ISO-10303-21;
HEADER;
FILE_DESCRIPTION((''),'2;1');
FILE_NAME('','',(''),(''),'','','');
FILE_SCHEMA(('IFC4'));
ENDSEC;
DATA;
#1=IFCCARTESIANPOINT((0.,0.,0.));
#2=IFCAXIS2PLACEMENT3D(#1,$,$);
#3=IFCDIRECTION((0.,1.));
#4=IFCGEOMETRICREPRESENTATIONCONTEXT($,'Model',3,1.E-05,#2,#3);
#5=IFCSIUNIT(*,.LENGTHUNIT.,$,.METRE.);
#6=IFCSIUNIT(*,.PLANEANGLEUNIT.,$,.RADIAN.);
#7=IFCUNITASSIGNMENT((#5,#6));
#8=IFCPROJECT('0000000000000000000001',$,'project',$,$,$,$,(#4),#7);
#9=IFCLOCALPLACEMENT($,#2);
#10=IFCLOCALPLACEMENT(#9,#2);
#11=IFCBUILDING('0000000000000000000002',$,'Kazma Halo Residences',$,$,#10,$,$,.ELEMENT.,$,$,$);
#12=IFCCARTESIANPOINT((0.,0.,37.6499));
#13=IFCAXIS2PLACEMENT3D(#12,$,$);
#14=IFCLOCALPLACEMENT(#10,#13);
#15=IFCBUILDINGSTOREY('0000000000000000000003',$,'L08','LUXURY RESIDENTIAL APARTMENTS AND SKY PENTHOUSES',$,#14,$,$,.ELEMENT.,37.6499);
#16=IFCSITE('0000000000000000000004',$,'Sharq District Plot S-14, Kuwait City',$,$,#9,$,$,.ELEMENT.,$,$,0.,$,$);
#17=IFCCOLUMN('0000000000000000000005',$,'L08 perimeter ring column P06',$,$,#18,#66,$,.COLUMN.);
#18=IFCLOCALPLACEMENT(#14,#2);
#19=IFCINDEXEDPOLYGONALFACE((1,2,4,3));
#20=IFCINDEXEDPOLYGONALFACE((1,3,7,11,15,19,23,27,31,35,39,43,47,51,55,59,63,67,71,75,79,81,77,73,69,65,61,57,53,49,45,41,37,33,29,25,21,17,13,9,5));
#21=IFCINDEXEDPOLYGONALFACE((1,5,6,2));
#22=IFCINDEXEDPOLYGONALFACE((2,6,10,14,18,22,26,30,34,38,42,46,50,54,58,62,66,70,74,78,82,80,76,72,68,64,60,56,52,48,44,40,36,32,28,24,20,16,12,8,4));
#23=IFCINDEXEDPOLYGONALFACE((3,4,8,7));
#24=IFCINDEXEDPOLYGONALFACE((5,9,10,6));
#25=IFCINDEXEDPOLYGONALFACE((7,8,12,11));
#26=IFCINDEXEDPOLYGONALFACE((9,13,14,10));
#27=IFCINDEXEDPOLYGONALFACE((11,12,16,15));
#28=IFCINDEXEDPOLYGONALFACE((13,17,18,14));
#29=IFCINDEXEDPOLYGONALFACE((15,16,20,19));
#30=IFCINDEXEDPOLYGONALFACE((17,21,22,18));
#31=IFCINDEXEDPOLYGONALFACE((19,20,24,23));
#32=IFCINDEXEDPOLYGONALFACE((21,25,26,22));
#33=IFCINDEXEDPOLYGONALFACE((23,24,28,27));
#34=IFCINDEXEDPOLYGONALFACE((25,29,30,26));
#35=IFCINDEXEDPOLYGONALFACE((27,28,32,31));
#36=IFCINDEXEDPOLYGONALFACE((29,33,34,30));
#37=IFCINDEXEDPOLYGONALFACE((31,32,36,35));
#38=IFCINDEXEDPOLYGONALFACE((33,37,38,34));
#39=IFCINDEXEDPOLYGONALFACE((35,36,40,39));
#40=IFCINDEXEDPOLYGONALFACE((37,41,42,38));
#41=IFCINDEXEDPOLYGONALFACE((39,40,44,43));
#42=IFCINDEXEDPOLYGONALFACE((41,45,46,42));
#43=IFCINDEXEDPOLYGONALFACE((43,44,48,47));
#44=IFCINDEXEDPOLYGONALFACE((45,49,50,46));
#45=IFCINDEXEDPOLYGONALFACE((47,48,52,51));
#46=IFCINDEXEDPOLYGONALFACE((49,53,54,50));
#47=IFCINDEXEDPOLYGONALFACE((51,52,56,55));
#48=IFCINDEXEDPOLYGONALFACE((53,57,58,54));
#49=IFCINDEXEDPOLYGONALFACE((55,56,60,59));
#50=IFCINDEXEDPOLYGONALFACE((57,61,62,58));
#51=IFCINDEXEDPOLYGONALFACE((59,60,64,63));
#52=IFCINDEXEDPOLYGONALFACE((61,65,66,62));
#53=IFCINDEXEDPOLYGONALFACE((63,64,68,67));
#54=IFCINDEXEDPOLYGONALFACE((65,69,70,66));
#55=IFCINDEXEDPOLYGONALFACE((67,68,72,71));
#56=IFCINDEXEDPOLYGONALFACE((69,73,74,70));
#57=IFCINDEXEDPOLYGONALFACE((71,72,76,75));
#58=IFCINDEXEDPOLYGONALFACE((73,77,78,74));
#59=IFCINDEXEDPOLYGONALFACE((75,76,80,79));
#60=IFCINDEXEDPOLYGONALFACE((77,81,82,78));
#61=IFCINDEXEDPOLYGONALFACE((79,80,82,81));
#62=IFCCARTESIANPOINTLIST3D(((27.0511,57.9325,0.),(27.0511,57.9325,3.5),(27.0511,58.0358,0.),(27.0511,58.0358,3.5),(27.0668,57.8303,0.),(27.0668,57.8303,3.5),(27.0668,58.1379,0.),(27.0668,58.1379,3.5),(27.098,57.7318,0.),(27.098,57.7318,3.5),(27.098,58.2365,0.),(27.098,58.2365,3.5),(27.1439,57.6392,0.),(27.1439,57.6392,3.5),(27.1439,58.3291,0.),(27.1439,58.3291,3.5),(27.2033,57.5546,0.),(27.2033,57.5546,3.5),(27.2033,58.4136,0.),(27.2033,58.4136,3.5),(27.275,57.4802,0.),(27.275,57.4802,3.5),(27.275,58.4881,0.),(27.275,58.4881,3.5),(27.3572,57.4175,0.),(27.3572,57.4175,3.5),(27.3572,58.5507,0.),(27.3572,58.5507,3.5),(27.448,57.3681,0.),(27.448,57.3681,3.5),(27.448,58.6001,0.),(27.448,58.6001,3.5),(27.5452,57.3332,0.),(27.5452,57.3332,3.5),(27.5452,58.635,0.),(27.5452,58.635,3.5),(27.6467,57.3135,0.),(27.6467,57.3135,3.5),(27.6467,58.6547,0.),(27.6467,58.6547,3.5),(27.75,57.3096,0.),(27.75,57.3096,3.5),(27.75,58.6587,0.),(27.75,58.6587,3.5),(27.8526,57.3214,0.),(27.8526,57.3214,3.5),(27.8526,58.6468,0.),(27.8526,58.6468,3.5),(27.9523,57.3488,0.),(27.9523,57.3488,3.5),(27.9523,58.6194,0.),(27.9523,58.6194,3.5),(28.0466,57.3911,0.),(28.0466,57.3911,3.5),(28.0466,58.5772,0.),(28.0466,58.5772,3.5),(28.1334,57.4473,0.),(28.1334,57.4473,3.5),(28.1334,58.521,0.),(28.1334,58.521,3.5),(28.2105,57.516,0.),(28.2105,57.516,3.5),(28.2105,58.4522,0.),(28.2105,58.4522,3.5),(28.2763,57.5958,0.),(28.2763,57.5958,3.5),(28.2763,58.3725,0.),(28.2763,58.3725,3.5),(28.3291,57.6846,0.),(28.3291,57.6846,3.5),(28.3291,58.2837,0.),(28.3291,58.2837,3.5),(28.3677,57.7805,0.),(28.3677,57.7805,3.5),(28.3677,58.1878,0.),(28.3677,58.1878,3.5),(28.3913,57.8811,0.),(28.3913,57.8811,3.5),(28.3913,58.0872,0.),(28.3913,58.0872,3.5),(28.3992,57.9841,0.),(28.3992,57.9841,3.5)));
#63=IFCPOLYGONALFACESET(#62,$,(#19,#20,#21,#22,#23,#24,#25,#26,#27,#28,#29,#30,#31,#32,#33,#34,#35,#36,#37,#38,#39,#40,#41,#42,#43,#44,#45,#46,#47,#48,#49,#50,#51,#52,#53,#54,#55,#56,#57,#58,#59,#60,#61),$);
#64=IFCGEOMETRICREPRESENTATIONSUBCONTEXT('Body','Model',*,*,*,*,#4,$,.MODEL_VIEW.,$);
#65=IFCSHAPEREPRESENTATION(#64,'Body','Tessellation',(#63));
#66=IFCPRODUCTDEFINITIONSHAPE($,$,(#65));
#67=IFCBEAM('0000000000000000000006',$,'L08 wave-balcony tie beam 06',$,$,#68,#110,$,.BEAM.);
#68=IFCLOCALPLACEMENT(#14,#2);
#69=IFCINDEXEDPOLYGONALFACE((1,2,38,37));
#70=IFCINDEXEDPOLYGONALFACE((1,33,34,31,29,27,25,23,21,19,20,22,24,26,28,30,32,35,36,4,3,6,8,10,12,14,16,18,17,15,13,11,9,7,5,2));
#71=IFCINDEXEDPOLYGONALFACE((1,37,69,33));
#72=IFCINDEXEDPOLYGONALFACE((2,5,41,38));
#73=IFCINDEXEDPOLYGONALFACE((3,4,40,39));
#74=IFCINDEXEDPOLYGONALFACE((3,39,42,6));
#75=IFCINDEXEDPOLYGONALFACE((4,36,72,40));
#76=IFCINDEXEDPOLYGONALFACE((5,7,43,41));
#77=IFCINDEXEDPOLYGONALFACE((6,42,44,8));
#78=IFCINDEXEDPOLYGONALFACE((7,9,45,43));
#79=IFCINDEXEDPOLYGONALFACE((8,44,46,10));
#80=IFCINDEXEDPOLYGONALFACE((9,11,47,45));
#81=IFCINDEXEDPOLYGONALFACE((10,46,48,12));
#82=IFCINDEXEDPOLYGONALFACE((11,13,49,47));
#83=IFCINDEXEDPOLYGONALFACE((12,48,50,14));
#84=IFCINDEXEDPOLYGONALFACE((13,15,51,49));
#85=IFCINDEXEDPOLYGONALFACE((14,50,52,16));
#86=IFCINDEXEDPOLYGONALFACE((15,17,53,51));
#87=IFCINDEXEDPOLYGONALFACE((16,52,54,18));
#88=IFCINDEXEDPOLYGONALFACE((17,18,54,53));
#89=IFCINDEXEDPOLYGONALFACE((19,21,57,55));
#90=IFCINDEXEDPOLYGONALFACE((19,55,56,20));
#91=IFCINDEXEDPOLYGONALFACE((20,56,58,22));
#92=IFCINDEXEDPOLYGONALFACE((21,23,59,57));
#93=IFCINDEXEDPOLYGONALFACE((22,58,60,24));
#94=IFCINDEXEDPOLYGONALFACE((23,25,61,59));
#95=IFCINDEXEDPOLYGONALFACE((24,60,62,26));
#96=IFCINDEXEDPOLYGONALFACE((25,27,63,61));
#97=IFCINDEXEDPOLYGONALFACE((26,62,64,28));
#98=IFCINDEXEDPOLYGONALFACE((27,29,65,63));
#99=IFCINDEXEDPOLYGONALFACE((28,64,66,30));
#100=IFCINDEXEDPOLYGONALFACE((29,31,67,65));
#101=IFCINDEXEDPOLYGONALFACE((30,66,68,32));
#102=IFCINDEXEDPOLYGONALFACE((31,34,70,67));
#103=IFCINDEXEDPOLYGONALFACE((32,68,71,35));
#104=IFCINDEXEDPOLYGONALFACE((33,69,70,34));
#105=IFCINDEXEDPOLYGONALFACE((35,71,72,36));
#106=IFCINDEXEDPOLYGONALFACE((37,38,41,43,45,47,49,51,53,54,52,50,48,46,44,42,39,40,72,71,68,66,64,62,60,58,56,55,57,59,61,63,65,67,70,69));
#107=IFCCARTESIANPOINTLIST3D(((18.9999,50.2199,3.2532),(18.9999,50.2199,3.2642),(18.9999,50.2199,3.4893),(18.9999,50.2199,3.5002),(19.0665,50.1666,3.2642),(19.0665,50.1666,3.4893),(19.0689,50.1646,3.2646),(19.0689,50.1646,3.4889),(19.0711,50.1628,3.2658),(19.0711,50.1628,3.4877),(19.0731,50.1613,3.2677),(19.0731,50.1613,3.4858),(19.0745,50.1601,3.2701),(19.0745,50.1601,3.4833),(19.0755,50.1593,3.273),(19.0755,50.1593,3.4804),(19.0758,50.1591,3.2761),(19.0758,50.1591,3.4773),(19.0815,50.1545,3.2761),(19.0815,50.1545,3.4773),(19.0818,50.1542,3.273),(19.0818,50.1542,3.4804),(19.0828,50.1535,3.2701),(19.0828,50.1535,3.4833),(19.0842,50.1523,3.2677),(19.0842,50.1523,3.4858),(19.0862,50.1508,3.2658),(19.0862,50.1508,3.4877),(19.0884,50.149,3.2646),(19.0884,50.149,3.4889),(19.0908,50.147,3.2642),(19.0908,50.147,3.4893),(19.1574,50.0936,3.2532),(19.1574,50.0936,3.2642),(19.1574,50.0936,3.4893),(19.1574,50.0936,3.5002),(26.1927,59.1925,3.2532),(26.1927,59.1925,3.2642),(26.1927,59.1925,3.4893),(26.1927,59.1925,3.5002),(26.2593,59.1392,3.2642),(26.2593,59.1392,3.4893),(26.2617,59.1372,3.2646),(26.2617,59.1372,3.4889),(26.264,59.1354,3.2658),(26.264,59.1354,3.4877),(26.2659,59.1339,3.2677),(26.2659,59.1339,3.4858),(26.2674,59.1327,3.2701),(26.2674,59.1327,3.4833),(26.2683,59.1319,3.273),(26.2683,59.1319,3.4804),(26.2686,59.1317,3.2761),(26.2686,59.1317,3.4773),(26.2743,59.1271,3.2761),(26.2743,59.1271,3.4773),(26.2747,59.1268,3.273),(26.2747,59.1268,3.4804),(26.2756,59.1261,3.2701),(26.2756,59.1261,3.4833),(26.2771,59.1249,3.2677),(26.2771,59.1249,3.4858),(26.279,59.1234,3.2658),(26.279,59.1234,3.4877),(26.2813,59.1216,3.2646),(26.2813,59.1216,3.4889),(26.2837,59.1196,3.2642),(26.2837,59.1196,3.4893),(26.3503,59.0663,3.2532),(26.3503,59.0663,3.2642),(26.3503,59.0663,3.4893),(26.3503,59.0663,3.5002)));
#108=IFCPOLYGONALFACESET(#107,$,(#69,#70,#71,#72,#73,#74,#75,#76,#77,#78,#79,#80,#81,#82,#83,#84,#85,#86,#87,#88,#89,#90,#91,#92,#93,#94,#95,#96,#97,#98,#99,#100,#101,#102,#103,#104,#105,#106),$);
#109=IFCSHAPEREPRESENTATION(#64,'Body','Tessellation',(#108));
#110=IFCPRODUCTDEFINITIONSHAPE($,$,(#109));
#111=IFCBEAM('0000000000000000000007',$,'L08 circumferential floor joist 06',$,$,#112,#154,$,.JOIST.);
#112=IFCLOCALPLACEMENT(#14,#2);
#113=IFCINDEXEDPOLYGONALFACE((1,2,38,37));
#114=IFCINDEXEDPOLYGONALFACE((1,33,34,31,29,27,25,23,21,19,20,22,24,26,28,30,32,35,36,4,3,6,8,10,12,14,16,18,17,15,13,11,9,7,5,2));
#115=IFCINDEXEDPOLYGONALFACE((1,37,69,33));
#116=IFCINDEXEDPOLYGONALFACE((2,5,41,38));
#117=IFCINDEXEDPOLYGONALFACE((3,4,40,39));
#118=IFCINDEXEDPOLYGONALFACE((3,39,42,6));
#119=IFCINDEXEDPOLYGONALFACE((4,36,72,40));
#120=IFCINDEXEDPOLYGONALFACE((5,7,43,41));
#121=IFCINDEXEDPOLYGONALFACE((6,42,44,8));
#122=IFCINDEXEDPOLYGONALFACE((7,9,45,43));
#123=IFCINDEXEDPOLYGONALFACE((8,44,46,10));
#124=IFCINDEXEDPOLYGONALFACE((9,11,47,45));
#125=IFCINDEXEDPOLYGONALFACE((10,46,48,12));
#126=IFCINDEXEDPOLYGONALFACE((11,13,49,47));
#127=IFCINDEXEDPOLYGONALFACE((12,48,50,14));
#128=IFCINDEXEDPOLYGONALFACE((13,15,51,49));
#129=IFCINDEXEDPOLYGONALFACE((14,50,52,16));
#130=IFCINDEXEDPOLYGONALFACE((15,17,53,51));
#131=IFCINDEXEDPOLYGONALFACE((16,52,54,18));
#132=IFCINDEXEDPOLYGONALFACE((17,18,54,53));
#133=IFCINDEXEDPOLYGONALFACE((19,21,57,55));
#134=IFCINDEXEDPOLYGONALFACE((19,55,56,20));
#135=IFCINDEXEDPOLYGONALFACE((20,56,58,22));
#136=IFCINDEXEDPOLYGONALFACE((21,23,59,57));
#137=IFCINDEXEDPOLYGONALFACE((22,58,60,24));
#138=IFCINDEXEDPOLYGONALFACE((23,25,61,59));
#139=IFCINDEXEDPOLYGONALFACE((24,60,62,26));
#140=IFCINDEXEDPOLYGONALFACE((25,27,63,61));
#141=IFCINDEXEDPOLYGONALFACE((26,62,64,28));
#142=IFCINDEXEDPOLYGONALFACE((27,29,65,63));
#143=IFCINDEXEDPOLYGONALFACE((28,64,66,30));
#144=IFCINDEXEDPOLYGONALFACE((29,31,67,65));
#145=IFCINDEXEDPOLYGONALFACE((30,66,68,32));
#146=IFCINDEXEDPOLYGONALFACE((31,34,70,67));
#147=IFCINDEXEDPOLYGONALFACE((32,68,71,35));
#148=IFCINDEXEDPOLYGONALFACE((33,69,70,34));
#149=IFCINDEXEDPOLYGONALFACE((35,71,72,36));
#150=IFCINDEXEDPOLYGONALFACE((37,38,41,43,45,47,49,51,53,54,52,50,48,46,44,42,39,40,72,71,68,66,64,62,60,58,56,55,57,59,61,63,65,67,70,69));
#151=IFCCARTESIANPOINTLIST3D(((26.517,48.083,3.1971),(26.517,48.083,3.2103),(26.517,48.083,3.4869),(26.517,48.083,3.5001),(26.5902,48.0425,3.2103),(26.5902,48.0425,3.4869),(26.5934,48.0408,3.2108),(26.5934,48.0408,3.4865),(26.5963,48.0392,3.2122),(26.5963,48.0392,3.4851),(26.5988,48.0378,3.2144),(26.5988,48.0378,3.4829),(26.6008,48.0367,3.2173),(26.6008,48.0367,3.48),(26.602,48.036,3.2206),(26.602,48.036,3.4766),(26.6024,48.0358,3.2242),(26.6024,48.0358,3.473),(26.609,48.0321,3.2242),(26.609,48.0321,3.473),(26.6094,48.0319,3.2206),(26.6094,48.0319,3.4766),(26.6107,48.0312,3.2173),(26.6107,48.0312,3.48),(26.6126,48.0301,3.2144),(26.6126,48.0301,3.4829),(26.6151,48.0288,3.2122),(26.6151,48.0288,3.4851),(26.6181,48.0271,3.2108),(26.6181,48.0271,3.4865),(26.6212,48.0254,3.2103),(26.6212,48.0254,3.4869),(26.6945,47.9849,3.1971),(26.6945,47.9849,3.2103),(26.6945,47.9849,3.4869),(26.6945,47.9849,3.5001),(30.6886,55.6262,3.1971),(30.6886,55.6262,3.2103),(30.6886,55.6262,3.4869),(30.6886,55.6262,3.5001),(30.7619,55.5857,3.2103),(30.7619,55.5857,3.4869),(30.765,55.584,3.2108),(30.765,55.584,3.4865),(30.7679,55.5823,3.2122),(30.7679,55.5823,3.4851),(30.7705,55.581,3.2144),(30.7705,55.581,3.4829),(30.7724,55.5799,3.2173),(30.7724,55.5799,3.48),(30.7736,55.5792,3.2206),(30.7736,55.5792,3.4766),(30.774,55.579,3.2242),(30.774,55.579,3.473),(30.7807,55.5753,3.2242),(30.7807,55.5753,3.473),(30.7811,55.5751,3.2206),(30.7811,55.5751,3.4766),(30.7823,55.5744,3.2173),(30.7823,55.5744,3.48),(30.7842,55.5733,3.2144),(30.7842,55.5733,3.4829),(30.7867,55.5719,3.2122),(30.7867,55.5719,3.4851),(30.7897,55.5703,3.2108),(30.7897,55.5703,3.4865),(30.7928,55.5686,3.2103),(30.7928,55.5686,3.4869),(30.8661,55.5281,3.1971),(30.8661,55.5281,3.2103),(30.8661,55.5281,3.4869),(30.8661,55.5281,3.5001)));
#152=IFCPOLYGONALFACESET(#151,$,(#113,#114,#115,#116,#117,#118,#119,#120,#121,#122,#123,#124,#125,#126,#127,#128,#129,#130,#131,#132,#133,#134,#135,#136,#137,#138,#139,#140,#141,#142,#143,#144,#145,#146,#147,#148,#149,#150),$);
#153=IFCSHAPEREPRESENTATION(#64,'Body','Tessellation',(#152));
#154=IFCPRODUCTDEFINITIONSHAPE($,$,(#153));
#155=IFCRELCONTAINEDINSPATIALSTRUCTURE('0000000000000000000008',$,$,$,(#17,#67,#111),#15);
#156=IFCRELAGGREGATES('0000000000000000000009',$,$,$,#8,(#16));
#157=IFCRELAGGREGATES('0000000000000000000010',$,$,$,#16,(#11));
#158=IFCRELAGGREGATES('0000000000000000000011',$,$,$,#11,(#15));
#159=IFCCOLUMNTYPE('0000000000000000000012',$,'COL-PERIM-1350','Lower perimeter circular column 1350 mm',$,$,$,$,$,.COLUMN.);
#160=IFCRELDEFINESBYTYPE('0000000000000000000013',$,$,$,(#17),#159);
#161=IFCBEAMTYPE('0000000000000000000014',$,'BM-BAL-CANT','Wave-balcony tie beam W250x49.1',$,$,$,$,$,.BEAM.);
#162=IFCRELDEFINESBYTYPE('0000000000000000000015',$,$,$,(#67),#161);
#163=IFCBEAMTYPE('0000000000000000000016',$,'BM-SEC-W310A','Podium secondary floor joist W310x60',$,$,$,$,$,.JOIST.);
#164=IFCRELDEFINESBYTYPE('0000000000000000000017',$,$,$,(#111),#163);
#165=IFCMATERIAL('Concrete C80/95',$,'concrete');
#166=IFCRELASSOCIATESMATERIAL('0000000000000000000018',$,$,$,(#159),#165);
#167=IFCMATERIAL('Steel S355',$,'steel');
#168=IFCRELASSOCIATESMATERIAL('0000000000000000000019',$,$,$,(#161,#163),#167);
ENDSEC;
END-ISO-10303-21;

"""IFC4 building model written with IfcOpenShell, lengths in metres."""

from ifc_helpers import new_model, si_unit, direction, frame, origin, origin_2d, place, context, subcontext, project, spatial, circle, i_section, extrude, material, material_profile, profile_set, type_object, element, save


model = new_model("IFC4")

# Units and contexts
model_context = context("Model", 3, precision=1e-05, world=origin(), true_north=direction((0.0, 1.0)))
body_context = subcontext(model_context, "Body", "Model", "MODEL_VIEW")
ifc_project = project(units=[si_unit("LENGTHUNIT", "METRE"), si_unit("PLANEANGLEUNIT", "RADIAN")], contexts=[model_context])

# Site, building, storey
site_placement = place(None, origin())
site = spatial("IfcSite", under=ifc_project, at=site_placement, Name="Sharq District Plot S-14, Kuwait City", CompositionType="ELEMENT", RefElevation=0.0)
building_placement = place(site_placement, origin())
building = spatial("IfcBuilding", under=site, at=building_placement, Name="Kazma Halo Residences", CompositionType="ELEMENT")
storey_placement = place(building_placement, frame((0.0, 0.0, 37.6499)))
storey = spatial("IfcBuildingStorey", under=building, at=storey_placement, Name="L08", Description="LUXURY RESIDENTIAL APARTMENTS AND SKY PENTHOUSES", CompositionType="ELEMENT", Elevation=37.6499)

# Column
ifc_material_1 = material(Name="Concrete C80/95", Category="concrete")
ifc_material_profile_1 = material_profile(ifc_material_1, circle(Radius=0.675, at=origin_2d()), Name="CIRC1350")
ifc_profile_set_1 = profile_set([ifc_material_profile_1], Name="Concrete C80/95")
column_type = type_object("IfcColumnType", Name="COL-PERIM-1350", Description="Lower perimeter circular column 1350 mm", PredefinedType="COLUMN", material=ifc_profile_set_1)
column_placement = place(storey_placement, frame((27.7241, 57.9841, 0.0), z_axis=(0.0, 0.0, 1.0), x_axis=(1.0, 0.0, 0.0)))
element("IfcColumn", 1, at=column_placement, inside=storey, type_object=column_type, Name="L08 perimeter ring column P06", PredefinedType="COLUMN", context=body_context, shape_type="SweptSolid", body=[
    extrude(circle(Radius=0.675, at=origin_2d()), origin(), (0.0, 0.0, 1.0), 3.5),
])

# Beams
ifc_material_2 = material(Name="Steel S355", Category="steel")
ifc_material_profile_2 = material_profile(ifc_material_2, i_section(OverallWidth=0.2019, OverallDepth=0.2471, WebThickness=0.0073, FlangeThickness=0.011, FilletRadius=0.012, at=origin_2d()), Name="W250x49.1")
ifc_profile_set_2 = profile_set([ifc_material_profile_2], Name="Steel S355")
beam_type_1 = type_object("IfcBeamType", Name="BM-BAL-CANT", Description="Wave-balcony tie beam W250x49.1", PredefinedType="BEAM", material=ifc_profile_set_2)
beam_1_placement = place(storey_placement, frame((26.2715, 59.1294, 3.3767), z_axis=(-0.625477, -0.780243, 0.0), x_axis=(0.780243, -0.625477, 0.0)))
element("IfcBeam", 2, at=beam_1_placement, inside=storey, type_object=beam_type_1, Name="L08 wave-balcony tie beam 06", PredefinedType="BEAM", context=body_context, shape_type="SweptSolid", body=[
    extrude(i_section(OverallWidth=0.2019, OverallDepth=0.2471, WebThickness=0.0073, FlangeThickness=0.011, FilletRadius=0.012, at=origin_2d()), origin(), (0.0, 0.0, 1.0), 11.4998),
])
ifc_material_profile_3 = material_profile(ifc_material_2, i_section(OverallWidth=0.2029, OverallDepth=0.303, WebThickness=0.0076, FlangeThickness=0.0132, FilletRadius=0.0139, at=origin_2d()), Name="W310x60")
ifc_profile_set_3 = profile_set([ifc_material_profile_3], Name="Steel S355")
beam_type_2 = type_object("IfcBeamType", Name="BM-SEC-W310A", Description="Podium secondary floor joist W310x60", PredefinedType="JOIST", material=ifc_profile_set_3)
beam_2_placement = place(storey_placement, frame((30.7773, 55.5771, 3.3486), z_axis=(-0.483954, -0.875094, 0.0), x_axis=(0.875094, -0.483954, 0.0)))
element("IfcBeam", 3, at=beam_2_placement, inside=storey, type_object=beam_type_2, Name="L08 circumferential floor joist 06", PredefinedType="JOIST", context=body_context, shape_type="SweptSolid", body=[
    extrude(i_section(OverallWidth=0.2029, OverallDepth=0.303, WebThickness=0.0076, FlangeThickness=0.0132, FilletRadius=0.0139, at=origin_2d()), origin(), (0.0, 0.0, 1.0), 8.6199),
])

save(model, "model.ifc")
